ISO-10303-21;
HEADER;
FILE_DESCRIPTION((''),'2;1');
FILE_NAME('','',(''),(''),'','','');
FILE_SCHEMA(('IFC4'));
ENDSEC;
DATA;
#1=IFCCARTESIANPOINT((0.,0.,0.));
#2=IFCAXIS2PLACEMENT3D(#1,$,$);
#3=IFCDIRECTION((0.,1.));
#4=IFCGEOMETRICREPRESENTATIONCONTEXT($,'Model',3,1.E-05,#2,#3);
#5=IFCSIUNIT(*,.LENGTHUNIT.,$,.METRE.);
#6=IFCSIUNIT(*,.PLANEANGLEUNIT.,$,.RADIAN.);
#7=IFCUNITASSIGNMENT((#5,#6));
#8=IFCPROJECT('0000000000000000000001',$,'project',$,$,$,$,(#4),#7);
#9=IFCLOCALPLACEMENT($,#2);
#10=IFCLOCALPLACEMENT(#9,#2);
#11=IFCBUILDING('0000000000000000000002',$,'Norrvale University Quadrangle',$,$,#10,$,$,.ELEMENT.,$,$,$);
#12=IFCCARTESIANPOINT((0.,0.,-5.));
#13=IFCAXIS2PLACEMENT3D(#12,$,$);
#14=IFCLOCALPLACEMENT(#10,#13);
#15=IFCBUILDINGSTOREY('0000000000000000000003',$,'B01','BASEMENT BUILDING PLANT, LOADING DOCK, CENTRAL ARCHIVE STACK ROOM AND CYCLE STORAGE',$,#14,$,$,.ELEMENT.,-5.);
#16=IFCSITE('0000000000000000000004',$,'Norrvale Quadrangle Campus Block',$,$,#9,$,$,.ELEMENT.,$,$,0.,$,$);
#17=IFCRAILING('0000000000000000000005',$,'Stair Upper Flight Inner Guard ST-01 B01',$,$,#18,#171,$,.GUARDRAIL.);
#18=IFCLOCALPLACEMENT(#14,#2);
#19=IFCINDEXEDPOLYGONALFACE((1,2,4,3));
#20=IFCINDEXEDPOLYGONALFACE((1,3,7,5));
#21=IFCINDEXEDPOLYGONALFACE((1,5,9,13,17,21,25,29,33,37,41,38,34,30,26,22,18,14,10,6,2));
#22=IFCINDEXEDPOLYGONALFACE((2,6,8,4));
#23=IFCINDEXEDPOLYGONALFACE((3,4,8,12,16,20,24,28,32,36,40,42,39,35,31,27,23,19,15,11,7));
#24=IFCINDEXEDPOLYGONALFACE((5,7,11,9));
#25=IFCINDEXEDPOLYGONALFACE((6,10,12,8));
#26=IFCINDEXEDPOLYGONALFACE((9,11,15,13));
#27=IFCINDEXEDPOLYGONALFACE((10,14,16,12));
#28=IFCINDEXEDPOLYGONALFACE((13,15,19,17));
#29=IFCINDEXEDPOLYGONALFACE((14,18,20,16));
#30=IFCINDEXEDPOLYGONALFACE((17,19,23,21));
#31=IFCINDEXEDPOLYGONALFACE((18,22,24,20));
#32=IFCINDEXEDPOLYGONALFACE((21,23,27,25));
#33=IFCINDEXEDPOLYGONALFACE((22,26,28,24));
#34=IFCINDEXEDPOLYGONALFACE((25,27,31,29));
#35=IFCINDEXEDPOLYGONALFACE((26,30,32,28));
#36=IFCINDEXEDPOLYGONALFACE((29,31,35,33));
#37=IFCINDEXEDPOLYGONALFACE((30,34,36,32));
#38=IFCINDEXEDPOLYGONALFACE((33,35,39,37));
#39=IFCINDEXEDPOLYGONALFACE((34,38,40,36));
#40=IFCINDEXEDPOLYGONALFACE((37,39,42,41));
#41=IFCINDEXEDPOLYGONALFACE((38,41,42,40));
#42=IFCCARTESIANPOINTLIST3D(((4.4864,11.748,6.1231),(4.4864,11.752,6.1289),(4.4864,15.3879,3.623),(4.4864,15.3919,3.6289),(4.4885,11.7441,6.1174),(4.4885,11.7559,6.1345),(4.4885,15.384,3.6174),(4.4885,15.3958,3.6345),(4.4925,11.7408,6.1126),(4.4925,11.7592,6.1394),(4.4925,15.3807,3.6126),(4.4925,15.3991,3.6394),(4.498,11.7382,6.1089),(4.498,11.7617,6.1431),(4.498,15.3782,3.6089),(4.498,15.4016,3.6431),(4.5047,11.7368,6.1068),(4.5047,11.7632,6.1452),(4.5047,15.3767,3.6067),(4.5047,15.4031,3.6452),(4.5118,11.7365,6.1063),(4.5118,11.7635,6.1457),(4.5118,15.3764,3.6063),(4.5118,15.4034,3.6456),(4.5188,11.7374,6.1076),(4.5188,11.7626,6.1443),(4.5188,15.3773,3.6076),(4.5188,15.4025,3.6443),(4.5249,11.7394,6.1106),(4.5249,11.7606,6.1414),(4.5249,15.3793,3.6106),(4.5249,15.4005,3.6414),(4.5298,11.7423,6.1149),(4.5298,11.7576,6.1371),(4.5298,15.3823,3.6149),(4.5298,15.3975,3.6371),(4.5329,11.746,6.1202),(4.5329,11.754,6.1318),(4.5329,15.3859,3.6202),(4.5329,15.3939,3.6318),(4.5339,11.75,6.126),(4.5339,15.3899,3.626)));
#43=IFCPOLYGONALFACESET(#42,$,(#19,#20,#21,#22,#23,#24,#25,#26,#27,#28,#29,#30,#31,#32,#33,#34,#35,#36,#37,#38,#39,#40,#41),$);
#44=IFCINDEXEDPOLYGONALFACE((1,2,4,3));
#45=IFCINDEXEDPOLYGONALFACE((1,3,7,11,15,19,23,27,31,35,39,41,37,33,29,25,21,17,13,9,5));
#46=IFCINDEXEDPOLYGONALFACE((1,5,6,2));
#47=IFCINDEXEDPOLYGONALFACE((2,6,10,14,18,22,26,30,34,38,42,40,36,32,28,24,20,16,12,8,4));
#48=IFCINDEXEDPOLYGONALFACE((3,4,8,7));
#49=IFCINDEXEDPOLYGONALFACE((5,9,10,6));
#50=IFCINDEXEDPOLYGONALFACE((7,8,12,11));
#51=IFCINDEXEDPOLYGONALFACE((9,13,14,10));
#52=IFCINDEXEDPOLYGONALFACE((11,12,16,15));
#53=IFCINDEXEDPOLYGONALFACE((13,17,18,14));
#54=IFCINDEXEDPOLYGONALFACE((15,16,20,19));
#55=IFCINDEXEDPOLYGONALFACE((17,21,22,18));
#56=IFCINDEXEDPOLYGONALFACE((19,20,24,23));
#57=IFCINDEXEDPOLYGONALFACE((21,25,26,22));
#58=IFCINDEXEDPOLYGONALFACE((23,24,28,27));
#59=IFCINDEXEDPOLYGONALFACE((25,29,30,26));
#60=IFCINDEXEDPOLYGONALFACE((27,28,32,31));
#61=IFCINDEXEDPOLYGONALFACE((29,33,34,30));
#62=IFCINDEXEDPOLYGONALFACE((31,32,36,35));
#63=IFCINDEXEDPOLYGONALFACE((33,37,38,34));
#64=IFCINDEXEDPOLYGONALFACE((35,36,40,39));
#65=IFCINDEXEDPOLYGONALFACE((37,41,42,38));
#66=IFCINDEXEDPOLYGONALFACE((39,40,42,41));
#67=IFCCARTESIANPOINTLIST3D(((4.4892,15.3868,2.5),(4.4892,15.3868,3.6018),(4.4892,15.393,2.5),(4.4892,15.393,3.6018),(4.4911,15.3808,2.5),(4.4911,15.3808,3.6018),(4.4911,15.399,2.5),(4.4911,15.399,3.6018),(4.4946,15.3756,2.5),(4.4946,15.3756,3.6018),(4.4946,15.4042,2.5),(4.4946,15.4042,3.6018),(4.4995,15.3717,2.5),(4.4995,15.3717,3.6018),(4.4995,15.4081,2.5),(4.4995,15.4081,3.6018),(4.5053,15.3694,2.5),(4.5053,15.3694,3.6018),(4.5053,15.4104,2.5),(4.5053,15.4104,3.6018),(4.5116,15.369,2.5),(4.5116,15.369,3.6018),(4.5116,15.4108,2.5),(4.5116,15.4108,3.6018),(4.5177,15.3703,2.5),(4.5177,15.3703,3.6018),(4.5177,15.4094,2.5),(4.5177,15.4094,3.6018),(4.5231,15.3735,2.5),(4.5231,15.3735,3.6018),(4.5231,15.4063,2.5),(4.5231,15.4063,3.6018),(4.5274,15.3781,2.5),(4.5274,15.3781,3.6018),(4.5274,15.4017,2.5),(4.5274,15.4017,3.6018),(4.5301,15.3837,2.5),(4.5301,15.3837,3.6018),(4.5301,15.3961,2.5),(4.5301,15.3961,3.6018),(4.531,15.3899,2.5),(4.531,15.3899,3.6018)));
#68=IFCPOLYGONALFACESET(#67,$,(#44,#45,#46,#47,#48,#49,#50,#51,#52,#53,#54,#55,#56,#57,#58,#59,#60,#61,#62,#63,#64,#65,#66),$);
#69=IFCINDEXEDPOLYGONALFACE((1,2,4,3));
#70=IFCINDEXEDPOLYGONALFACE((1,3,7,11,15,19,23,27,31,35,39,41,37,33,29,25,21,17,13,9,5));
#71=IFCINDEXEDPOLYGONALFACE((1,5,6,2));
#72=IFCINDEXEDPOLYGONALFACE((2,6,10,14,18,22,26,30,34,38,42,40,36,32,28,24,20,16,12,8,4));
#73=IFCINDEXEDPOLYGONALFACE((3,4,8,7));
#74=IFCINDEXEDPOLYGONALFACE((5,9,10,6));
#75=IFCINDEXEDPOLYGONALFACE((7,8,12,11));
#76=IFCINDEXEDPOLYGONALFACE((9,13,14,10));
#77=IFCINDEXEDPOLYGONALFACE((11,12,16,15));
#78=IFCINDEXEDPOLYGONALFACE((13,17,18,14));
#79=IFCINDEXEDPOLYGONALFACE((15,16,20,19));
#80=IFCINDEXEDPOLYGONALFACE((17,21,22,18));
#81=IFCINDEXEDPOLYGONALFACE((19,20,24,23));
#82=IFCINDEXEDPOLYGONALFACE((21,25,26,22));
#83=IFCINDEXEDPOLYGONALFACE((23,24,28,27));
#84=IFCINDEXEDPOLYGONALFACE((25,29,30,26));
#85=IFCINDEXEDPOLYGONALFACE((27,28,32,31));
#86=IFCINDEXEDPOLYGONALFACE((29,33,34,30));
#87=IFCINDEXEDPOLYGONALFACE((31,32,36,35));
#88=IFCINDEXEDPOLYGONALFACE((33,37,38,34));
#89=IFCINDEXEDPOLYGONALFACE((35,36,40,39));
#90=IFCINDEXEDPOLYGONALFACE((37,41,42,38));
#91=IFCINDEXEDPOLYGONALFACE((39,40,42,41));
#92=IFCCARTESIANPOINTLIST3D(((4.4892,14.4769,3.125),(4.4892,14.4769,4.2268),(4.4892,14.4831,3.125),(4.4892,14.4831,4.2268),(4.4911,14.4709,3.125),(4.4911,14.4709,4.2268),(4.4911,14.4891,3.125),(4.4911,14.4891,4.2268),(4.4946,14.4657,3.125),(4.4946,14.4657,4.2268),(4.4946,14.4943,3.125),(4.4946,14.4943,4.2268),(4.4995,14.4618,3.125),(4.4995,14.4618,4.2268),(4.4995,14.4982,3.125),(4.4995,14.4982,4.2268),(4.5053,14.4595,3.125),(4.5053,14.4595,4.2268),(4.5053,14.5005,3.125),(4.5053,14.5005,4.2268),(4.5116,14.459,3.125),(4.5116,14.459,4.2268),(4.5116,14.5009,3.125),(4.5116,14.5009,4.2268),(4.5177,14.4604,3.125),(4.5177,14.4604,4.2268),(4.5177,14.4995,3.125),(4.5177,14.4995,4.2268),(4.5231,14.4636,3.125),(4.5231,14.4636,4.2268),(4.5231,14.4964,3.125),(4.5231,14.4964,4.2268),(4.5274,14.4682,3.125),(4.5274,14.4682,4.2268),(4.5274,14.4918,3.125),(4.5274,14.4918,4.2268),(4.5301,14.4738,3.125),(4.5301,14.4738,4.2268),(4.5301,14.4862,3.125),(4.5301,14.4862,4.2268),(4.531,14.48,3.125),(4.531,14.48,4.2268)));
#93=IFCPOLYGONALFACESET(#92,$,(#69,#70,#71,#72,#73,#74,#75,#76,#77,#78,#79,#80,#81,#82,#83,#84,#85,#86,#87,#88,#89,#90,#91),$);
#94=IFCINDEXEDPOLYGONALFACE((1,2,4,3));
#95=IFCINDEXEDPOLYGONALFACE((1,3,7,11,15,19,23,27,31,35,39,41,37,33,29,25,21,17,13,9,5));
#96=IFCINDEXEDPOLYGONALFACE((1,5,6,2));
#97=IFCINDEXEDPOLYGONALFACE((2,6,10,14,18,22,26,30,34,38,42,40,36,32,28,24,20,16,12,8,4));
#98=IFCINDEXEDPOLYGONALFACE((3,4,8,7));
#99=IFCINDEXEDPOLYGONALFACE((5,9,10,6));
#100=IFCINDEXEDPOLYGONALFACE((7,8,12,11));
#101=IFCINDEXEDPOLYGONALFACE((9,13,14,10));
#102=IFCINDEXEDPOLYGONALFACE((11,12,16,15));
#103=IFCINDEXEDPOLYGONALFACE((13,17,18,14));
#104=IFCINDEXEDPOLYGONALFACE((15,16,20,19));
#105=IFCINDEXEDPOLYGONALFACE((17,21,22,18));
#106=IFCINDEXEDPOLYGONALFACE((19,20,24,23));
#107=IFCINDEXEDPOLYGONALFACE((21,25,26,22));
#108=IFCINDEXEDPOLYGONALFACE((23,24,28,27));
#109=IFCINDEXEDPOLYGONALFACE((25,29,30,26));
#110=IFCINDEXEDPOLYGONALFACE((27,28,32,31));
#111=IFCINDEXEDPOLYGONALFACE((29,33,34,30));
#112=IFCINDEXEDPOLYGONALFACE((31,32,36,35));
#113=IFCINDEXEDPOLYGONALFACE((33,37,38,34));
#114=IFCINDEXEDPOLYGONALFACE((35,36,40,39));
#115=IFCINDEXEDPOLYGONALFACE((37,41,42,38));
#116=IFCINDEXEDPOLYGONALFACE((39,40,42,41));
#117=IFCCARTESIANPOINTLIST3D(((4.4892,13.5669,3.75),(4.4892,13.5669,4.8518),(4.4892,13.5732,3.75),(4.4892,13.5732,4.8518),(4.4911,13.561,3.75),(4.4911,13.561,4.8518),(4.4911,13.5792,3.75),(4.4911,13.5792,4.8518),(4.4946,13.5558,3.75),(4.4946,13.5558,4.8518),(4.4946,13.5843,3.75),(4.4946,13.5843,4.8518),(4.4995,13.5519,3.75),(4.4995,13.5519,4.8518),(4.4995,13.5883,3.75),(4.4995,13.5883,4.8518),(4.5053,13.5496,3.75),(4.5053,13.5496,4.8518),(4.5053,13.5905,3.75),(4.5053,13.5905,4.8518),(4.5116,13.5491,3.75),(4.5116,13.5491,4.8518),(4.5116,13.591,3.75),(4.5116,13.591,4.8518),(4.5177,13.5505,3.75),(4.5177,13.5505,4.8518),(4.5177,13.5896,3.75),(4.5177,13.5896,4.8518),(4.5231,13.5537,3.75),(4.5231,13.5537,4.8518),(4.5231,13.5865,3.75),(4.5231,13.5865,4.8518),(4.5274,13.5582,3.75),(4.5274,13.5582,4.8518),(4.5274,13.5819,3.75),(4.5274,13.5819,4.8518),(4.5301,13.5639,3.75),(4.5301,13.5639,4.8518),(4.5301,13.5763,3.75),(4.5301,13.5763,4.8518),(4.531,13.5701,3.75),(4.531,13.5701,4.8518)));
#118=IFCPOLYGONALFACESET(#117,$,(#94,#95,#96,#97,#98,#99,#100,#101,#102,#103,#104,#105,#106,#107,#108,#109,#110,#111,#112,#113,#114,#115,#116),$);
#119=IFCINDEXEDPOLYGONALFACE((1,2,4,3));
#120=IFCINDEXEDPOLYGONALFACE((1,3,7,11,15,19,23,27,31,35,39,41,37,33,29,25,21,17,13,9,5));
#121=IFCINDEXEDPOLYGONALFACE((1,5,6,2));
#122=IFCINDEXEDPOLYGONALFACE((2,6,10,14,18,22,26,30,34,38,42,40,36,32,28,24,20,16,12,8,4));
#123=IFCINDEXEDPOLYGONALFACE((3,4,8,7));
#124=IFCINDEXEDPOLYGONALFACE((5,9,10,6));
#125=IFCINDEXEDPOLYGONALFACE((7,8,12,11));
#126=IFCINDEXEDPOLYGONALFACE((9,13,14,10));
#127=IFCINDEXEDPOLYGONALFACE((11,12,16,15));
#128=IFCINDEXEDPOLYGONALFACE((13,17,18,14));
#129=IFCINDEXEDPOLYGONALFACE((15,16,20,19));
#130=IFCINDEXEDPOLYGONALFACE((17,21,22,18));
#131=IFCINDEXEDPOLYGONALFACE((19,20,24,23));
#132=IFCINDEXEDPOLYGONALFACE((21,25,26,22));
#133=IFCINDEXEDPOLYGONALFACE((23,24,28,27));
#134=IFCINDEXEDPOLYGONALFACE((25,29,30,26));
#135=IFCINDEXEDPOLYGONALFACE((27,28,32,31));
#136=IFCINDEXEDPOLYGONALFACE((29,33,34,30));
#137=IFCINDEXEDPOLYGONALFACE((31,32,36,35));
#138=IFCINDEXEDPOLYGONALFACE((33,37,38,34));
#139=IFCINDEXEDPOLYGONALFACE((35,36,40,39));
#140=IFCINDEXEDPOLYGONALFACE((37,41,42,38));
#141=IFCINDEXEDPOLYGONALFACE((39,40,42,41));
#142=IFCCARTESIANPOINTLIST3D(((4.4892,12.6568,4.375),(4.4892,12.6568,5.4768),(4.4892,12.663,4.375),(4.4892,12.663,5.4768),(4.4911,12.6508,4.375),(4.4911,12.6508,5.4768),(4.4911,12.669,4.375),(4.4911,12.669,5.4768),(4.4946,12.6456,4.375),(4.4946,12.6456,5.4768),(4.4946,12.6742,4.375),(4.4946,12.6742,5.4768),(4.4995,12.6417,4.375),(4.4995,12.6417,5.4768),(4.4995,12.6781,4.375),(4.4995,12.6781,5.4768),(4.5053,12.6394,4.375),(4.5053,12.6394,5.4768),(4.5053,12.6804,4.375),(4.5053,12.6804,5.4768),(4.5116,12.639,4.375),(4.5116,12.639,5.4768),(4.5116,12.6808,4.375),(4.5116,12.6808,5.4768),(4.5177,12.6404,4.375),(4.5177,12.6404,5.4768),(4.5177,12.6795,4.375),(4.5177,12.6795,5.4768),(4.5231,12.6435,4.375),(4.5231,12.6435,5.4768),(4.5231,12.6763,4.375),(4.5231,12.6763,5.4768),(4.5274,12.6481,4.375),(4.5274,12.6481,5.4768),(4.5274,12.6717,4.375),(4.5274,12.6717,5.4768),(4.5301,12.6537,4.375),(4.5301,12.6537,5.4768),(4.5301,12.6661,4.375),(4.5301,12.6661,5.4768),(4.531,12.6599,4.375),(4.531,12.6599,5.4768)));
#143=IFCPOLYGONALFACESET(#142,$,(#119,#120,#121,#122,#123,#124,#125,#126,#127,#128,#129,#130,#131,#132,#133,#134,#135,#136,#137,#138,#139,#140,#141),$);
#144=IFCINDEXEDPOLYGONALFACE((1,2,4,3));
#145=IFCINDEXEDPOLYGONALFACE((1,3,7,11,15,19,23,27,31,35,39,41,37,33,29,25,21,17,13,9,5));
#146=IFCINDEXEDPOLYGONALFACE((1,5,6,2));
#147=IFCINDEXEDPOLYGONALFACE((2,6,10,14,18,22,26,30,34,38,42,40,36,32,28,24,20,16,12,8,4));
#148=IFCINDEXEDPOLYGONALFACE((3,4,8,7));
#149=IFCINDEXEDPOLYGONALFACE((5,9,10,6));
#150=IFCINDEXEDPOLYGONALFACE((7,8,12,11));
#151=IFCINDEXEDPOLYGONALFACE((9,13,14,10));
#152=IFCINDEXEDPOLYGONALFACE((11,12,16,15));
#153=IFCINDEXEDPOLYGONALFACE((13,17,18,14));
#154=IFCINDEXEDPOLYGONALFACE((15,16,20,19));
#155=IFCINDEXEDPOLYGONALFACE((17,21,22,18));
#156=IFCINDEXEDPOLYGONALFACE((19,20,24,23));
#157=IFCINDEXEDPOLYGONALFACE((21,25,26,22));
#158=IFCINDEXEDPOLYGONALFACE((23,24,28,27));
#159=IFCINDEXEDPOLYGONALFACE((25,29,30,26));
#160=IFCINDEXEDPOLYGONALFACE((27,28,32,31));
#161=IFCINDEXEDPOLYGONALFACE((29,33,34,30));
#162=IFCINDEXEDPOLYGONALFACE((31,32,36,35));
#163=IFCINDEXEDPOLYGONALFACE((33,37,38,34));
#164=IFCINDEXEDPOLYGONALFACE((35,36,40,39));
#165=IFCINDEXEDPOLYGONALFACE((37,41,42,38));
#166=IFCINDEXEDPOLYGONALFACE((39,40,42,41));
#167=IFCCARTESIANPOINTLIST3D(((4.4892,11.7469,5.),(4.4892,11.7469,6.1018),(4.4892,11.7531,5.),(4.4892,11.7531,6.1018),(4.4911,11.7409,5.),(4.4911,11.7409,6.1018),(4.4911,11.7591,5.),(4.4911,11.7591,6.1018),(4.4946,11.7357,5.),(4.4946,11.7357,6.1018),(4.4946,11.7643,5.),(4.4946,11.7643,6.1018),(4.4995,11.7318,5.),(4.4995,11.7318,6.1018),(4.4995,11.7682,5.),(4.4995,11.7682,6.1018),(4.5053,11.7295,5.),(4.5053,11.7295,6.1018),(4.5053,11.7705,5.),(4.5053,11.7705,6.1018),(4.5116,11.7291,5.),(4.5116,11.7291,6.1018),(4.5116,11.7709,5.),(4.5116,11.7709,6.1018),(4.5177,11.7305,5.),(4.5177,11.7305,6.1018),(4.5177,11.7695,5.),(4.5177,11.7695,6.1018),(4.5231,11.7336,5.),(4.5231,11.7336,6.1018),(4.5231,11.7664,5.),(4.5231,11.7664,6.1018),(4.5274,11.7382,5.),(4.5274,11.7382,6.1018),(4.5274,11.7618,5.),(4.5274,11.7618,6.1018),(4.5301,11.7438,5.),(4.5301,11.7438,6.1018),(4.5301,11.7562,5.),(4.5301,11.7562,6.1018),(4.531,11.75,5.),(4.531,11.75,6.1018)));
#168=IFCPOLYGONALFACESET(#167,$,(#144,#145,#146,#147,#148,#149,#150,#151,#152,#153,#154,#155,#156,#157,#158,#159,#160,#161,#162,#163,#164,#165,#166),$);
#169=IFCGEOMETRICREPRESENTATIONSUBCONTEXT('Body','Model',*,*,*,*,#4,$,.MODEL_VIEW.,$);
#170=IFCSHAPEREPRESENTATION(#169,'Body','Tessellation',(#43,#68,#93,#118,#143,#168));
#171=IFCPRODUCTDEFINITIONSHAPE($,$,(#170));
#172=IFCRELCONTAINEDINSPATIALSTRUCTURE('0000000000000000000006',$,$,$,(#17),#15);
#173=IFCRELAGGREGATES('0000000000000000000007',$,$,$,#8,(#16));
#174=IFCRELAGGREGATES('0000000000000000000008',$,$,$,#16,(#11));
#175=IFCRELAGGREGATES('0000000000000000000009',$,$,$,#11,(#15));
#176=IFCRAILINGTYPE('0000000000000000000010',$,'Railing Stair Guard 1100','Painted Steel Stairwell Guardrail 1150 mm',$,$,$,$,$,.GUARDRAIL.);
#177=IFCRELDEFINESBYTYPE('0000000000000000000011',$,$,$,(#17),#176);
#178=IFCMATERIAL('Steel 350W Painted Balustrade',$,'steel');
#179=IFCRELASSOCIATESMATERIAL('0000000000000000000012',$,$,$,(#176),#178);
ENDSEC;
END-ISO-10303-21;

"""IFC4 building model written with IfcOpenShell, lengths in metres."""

from ifc_helpers import new_model, si_unit, direction, frame, origin, origin_2d, place, context, subcontext, project, spatial, circle, extrude, material, type_object, element, save


model = new_model("IFC4")

# Units and contexts
model_context = context("Model", 3, precision=1e-05, world=origin(), true_north=direction((0.0, 1.0)))
body_context = subcontext(model_context, "Body", "Model", "MODEL_VIEW")
ifc_project = project(units=[si_unit("LENGTHUNIT", "METRE"), si_unit("PLANEANGLEUNIT", "RADIAN")], contexts=[model_context])

# Site, building, storey
site_placement = place(None, origin())
site = spatial("IfcSite", under=ifc_project, at=site_placement, Name="Norrvale Quadrangle Campus Block", CompositionType="ELEMENT", RefElevation=0.0)
building_placement = place(site_placement, origin())
building = spatial("IfcBuilding", under=site, at=building_placement, Name="Norrvale University Quadrangle", CompositionType="ELEMENT")
storey_placement = place(building_placement, frame((0.0, 0.0, -5.0)))
storey = spatial("IfcBuildingStorey", under=building, at=storey_placement, Name="B01", Description="BASEMENT BUILDING PLANT, LOADING DOCK, CENTRAL ARCHIVE STACK ROOM AND CYCLE STORAGE", CompositionType="ELEMENT", Elevation=-5.0)

# Railing
ifc_material_1 = material(Name="Steel 350W Painted Balustrade", Category="steel")
railing_type_1 = type_object("IfcRailingType", Name="Railing Stair Guard 1100", Description="Painted Steel Stairwell Guardrail 1150 mm", PredefinedType="GUARDRAIL", material=ifc_material_1)
railing_1_placement = place(storey_placement, frame((4.51, 15.3899, 2.5)))
element("IfcRailing", 1, at=railing_1_placement, inside=storey, type_object=railing_type_1, Name="Stair Upper Flight Inner Guard ST-01 B01", PredefinedType="GUARDRAIL", context=body_context, shape_type="SweptSolid", body=[
    extrude(circle(Radius=0.0239, at=origin_2d()), frame((0.0, 0.0, 1.126), z_axis=(0.0, -0.824298, 0.566156), x_axis=(1.0, 0.0, 0.0)), (0.0, 0.0, 1.0), 4.4158),
    extrude(circle(Radius=0.021, at=origin_2d()), origin(), (0.0, 0.0, 1.0), 1.1018),
    extrude(circle(Radius=0.021, at=origin_2d()), frame((0.0, -0.9099, 0.625)), (0.0, 0.0, 1.0), 1.1018),
    extrude(circle(Radius=0.021, at=origin_2d()), frame((0.0, -1.8198, 1.25)), (0.0, 0.0, 1.0), 1.1018),
    extrude(circle(Radius=0.021, at=origin_2d()), frame((0.0, -2.73, 1.875)), (0.0, 0.0, 1.0), 1.1018),
    extrude(circle(Radius=0.021, at=origin_2d()), frame((0.0, -3.6399, 2.5)), (0.0, 0.0, 1.0), 1.1018),
])

save(model, "model.ifc")
